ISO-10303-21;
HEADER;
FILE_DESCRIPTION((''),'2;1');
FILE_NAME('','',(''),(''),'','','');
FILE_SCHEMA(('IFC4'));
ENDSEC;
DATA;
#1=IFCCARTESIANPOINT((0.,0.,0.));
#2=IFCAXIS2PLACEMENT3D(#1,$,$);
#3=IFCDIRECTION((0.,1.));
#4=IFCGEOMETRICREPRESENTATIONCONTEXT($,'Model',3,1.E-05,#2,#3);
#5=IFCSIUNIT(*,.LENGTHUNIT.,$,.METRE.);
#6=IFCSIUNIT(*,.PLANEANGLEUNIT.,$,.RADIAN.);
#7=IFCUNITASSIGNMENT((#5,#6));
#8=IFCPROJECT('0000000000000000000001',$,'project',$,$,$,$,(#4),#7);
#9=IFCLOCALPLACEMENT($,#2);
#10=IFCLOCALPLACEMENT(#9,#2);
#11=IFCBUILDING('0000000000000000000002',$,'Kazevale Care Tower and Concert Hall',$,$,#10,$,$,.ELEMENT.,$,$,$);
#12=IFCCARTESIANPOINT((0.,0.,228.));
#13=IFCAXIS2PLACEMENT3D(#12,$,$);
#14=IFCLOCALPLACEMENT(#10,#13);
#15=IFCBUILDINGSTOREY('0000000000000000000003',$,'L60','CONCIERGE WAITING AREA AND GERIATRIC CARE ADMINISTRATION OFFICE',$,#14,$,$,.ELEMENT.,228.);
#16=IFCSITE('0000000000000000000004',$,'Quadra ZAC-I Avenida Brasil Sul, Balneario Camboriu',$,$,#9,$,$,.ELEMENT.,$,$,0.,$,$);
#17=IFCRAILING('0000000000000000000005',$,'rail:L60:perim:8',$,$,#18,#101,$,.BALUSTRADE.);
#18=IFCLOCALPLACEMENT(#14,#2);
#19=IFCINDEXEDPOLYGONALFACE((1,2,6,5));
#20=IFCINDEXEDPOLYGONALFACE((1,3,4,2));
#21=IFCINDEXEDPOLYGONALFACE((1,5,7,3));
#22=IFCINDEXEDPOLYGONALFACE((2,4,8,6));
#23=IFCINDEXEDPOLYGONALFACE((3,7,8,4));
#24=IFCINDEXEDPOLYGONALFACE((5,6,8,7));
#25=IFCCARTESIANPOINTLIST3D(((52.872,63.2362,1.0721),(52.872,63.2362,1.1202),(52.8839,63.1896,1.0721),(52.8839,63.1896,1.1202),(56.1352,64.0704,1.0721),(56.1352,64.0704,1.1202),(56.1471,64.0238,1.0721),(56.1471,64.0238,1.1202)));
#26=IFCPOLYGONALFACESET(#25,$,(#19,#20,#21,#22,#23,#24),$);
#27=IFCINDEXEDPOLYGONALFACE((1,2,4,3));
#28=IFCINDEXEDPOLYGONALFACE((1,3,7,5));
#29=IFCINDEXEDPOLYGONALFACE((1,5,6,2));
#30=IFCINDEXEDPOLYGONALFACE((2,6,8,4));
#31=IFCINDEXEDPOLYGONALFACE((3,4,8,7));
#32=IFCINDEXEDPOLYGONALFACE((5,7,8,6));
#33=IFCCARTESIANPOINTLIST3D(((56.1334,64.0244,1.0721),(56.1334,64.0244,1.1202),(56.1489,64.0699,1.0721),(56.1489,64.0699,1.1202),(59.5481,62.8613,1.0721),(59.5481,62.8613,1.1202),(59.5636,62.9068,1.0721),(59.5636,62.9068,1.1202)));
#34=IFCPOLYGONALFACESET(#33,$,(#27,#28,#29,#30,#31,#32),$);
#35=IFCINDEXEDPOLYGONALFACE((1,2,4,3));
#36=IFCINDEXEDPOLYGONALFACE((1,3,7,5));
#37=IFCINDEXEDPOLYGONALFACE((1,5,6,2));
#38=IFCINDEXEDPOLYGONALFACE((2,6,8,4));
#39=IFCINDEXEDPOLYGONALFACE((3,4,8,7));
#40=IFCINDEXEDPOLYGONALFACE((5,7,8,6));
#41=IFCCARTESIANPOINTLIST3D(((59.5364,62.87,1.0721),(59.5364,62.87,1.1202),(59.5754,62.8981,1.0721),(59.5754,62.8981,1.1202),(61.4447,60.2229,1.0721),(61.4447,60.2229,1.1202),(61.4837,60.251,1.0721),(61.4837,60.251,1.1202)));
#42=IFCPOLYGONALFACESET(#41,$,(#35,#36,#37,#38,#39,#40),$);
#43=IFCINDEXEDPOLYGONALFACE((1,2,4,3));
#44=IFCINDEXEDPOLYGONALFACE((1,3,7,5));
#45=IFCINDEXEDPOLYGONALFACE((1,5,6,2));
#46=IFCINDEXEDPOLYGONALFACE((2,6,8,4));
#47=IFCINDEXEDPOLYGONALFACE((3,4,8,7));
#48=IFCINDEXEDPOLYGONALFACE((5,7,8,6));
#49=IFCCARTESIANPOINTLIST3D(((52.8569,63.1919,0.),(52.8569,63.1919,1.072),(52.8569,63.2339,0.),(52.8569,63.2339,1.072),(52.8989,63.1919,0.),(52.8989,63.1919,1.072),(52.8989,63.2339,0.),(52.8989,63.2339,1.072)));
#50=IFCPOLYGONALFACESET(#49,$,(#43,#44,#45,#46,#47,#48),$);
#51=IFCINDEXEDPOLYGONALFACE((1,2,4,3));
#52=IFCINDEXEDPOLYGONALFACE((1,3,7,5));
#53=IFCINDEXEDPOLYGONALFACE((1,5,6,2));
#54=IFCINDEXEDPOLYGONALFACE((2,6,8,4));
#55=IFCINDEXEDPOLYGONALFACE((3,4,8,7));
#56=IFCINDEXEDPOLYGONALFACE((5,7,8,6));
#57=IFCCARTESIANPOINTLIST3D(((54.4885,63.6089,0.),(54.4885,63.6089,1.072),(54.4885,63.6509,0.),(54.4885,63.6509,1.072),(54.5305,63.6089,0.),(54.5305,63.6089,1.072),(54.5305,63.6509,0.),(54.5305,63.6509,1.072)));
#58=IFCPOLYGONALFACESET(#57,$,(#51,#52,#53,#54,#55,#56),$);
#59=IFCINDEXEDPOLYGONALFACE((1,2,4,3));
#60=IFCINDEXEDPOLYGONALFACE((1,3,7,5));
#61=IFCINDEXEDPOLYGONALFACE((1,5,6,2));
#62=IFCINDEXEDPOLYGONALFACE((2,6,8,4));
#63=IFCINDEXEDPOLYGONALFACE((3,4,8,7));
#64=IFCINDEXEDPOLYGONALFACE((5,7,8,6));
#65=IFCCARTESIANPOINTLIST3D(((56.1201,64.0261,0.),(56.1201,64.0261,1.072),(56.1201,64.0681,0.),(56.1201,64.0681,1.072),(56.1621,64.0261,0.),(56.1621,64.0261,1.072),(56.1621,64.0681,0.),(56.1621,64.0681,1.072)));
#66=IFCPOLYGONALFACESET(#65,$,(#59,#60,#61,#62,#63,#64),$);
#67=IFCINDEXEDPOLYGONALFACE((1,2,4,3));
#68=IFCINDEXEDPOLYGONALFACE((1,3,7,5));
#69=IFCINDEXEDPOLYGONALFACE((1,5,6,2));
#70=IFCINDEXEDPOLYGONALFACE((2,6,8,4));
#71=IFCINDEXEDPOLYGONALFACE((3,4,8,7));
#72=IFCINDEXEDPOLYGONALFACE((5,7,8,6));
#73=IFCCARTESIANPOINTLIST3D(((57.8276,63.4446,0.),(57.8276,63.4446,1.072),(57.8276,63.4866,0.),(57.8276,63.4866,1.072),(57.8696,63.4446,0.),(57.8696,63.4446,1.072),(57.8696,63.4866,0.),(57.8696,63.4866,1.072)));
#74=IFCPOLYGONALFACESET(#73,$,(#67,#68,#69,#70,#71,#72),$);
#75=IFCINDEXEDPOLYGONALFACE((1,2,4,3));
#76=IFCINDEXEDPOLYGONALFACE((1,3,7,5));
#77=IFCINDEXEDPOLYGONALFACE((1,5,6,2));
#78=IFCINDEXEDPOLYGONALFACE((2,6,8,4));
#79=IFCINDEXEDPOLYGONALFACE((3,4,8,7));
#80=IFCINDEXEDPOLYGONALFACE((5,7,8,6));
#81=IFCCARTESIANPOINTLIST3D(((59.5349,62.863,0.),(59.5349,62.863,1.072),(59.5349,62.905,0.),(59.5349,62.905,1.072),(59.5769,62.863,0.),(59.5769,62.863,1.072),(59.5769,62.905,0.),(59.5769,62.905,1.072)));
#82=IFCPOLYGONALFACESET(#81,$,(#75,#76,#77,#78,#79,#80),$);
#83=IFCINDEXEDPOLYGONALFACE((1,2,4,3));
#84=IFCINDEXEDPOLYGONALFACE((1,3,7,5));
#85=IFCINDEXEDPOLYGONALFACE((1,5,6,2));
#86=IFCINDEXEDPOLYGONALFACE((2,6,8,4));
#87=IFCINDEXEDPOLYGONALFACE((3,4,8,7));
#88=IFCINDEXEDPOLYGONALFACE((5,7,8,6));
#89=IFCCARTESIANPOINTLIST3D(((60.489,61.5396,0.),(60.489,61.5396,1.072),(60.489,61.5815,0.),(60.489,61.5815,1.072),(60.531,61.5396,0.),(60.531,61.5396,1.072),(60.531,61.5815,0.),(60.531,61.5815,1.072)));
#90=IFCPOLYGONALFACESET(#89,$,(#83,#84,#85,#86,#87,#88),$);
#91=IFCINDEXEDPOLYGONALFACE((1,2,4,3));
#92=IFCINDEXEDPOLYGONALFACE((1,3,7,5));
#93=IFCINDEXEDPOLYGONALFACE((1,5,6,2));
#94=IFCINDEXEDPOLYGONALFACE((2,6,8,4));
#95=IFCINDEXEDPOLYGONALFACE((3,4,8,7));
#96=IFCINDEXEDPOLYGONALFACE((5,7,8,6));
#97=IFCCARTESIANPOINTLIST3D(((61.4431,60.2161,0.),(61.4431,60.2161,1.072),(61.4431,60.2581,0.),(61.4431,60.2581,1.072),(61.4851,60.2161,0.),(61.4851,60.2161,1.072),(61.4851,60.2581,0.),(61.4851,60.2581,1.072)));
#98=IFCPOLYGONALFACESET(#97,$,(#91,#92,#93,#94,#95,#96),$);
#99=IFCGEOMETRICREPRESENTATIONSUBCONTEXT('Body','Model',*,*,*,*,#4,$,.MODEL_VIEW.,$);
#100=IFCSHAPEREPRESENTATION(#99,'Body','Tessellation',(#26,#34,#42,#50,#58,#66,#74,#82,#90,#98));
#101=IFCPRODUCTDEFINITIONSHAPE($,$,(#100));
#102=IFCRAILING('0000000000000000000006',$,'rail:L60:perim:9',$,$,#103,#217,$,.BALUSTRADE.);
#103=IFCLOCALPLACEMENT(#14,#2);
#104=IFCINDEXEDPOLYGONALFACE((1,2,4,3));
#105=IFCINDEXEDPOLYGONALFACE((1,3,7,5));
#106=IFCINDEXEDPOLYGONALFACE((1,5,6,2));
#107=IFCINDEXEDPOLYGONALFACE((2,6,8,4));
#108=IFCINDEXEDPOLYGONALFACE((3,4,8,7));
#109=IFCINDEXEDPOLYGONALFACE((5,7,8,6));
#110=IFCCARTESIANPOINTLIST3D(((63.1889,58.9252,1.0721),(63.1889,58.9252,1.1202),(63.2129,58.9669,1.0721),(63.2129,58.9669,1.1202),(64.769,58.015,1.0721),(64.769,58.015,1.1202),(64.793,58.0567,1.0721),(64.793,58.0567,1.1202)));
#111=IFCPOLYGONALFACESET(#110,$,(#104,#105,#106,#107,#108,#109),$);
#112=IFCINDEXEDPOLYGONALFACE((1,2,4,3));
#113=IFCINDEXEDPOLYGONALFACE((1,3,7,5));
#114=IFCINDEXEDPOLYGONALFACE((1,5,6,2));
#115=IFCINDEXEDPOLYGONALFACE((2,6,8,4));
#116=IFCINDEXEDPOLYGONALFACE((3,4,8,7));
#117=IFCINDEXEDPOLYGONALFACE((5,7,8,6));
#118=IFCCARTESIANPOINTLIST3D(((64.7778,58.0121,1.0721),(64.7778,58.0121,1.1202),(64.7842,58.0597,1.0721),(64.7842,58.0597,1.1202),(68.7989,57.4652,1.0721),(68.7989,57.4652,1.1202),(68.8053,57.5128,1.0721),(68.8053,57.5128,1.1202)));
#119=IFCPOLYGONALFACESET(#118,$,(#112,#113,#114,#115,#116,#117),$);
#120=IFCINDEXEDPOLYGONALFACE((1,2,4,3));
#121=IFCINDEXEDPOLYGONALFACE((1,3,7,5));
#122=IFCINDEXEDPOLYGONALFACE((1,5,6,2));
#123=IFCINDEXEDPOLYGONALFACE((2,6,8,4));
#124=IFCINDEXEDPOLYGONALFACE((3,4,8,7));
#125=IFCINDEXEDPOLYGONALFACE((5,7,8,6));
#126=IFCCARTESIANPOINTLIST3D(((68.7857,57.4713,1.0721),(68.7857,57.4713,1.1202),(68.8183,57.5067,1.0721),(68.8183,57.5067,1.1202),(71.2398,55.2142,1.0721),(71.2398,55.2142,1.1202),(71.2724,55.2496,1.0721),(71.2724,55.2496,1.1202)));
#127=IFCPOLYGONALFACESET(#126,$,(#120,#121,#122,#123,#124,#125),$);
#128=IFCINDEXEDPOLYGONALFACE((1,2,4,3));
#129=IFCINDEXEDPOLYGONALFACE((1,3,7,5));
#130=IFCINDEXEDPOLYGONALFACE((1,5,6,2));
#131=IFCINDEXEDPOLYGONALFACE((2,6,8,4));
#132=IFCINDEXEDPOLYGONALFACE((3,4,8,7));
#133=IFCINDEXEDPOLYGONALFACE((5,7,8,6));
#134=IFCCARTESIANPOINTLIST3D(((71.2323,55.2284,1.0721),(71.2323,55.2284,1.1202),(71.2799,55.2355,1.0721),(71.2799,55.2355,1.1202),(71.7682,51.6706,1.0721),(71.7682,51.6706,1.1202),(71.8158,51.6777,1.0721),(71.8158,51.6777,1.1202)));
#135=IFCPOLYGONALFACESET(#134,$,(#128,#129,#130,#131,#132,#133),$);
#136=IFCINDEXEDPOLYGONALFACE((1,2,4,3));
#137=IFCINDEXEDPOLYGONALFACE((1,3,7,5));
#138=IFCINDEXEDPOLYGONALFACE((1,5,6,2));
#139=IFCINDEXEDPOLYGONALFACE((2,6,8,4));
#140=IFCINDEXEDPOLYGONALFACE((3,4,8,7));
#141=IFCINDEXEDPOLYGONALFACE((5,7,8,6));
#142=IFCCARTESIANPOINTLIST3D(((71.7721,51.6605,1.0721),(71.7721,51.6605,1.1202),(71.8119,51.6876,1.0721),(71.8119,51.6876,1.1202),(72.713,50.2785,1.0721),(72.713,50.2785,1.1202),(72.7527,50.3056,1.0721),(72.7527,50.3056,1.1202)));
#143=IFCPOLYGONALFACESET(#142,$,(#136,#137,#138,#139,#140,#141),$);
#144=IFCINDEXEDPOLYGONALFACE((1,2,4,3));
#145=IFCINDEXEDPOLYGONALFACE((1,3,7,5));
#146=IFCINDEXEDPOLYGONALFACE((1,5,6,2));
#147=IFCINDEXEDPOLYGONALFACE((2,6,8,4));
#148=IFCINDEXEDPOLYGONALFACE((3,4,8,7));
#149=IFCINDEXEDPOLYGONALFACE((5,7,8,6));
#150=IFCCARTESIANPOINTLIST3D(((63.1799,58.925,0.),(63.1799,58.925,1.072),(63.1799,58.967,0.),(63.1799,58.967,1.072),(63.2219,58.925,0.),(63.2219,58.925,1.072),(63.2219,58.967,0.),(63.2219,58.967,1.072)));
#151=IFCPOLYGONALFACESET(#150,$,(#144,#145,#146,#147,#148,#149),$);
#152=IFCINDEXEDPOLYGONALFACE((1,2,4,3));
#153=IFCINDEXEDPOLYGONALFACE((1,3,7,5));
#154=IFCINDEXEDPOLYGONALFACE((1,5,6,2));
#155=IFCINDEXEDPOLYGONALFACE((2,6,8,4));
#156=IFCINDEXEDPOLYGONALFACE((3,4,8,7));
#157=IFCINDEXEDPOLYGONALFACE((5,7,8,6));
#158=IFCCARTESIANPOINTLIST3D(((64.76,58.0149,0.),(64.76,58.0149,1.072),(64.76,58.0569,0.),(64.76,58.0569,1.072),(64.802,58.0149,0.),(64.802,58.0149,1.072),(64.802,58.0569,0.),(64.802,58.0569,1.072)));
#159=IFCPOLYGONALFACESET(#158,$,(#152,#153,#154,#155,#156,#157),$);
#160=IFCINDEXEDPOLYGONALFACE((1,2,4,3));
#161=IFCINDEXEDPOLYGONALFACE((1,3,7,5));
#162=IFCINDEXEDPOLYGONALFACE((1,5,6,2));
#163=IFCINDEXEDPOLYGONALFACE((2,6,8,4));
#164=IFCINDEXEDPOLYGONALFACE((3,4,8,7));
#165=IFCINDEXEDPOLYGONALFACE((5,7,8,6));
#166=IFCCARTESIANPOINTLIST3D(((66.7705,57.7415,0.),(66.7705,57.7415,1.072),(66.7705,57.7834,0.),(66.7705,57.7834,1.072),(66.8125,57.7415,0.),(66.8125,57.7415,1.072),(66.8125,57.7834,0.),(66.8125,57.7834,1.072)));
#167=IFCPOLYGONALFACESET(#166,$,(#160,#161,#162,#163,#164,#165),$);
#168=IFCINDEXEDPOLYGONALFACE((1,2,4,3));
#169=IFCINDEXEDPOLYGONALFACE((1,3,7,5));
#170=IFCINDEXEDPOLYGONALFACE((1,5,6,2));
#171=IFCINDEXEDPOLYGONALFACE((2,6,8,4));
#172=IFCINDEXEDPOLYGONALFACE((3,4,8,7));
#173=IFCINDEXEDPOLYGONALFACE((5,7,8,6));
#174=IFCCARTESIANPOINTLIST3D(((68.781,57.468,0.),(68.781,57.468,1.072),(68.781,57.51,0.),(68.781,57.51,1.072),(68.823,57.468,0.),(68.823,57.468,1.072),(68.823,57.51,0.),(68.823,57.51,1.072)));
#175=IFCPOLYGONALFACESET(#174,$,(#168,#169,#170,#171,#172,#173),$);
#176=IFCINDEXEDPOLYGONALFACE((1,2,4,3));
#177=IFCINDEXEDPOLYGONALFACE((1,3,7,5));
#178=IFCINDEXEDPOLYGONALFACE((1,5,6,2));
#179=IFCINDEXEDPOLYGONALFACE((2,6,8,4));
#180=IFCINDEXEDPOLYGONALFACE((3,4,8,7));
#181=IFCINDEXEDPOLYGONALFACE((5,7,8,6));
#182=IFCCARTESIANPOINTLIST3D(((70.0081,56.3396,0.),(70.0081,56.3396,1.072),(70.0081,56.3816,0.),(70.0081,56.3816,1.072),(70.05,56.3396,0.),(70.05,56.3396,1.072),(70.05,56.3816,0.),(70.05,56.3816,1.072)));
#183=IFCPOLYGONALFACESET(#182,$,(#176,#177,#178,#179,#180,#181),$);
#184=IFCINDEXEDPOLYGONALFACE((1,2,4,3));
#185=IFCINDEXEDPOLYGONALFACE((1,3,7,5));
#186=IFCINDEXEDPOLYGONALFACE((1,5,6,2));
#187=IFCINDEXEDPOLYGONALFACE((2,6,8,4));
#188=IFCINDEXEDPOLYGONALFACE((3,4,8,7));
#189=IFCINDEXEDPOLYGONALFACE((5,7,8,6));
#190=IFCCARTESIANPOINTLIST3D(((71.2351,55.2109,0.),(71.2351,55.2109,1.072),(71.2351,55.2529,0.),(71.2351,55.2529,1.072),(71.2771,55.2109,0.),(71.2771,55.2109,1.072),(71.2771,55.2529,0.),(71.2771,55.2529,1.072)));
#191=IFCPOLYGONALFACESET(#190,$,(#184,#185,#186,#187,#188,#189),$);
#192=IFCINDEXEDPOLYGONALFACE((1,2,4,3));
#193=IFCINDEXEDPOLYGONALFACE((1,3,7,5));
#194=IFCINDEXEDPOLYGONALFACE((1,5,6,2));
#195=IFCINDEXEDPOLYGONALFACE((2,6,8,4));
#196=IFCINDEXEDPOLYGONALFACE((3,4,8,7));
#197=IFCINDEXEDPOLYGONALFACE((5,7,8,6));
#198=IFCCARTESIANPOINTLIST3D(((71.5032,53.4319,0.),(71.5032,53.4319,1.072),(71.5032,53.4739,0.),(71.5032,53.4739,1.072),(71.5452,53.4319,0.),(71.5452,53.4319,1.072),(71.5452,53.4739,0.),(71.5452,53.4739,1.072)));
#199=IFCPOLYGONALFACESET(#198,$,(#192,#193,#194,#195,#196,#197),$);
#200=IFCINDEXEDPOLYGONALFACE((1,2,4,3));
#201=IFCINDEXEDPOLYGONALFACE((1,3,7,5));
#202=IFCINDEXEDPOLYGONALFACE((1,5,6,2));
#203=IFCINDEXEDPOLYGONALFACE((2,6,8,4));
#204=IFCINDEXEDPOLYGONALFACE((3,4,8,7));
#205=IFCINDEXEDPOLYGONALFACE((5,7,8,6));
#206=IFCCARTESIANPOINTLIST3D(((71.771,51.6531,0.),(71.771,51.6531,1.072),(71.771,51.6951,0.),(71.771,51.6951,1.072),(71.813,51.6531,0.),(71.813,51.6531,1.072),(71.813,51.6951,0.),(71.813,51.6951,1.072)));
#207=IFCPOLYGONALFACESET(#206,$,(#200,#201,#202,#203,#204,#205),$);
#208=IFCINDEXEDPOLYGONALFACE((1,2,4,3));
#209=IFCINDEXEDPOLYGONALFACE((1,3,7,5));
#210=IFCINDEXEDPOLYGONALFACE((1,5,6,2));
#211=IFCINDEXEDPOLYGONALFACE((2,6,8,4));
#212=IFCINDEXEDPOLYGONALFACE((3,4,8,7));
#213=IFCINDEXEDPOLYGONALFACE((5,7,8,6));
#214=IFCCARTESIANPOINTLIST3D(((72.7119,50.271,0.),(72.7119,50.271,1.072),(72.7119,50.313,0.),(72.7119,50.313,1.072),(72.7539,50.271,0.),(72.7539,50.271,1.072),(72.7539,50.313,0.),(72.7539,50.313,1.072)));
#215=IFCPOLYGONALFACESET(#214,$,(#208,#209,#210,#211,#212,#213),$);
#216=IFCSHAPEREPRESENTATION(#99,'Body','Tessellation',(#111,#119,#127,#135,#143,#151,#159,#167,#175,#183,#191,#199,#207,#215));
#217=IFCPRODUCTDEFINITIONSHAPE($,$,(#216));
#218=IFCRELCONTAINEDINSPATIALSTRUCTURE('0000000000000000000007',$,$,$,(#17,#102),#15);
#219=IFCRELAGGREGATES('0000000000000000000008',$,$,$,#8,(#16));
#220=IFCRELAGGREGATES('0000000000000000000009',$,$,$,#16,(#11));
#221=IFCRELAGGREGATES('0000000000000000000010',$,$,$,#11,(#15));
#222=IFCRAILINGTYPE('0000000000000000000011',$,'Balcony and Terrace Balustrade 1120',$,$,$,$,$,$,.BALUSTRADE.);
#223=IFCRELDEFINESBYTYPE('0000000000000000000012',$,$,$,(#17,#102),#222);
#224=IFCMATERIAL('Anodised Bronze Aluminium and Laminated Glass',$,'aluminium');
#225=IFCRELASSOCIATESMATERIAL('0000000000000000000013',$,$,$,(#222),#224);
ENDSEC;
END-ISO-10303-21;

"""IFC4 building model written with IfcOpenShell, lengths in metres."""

from ifc_helpers import new_model, si_unit, direction, frame, origin, origin_2d, place, context, subcontext, project, spatial, rectangle, extrude, material, type_object, element, save


model = new_model("IFC4")

# Units and contexts
model_context = context("Model", 3, precision=1e-05, world=origin(), true_north=direction((0.0, 1.0)))
body_context = subcontext(model_context, "Body", "Model", "MODEL_VIEW")
ifc_project = project(units=[si_unit("LENGTHUNIT", "METRE"), si_unit("PLANEANGLEUNIT", "RADIAN")], contexts=[model_context])

# Site, building, storey
site_placement = place(None, origin())
site = spatial("IfcSite", under=ifc_project, at=site_placement, Name="Quadra ZAC-I Avenida Brasil Sul, Balneario Camboriu", CompositionType="ELEMENT", RefElevation=0.0)
building_placement = place(site_placement, origin())
building = spatial("IfcBuilding", under=site, at=building_placement, Name="Kazevale Care Tower and Concert Hall", CompositionType="ELEMENT")
storey_placement = place(building_placement, frame((0.0, 0.0, 228.0)))
storey = spatial("IfcBuildingStorey", under=building, at=storey_placement, Name="L60", Description="CONCIERGE WAITING AREA AND GERIATRIC CARE ADMINISTRATION OFFICE", CompositionType="ELEMENT", Elevation=228.0)

# Railings
ifc_material_1 = material(Name="Anodised Bronze Aluminium and Laminated Glass", Category="aluminium")
railing_type = type_object("IfcRailingType", Name="Balcony and Terrace Balustrade 1120", PredefinedType="BALUSTRADE", material=ifc_material_1)
railing_1_placement = place(storey_placement, frame((52.8779, 63.2129, 0.0)))
element("IfcRailing", 1, at=railing_1_placement, inside=storey, type_object=railing_type, Name="rail:L60:perim:8", PredefinedType="BALUSTRADE", context=body_context, shape_type="SweptSolid", body=[
    extrude(rectangle(XDim=0.0481, YDim=0.0481, at=origin_2d()), frame((0.0, 0.0, 1.0962), z_axis=(0.968841, 0.247683, 0.0), x_axis=(-0.247683, 0.968841, 0.0)), (0.0, 0.0, 1.0), 3.3682),
    extrude(rectangle(XDim=0.0481, YDim=0.0481, at=origin_2d()), frame((3.2632, 0.8342, 1.0962), z_axis=(0.946599, -0.322413, 0.0), x_axis=(0.322413, 0.946599, 0.0)), (0.0, 0.0, 1.0), 3.6074),
    extrude(rectangle(XDim=0.0481, YDim=0.0481, at=origin_2d()), frame((6.678, -0.3289, 1.0962), z_axis=(0.584786, -0.811188, 0.0), x_axis=(0.811188, 0.584786, 0.0)), (0.0, 0.0, 1.0), 3.2632),
    extrude(rectangle(XDim=0.042, YDim=0.042, at=origin_2d()), origin(), (0.0, 0.0, 1.0), 1.072),
    extrude(rectangle(XDim=0.042, YDim=0.042, at=origin_2d()), frame((1.6316, 0.417, 0.0)), (0.0, 0.0, 1.0), 1.072),
    extrude(rectangle(XDim=0.042, YDim=0.042, at=origin_2d()), frame((3.2632, 0.8342, 0.0)), (0.0, 0.0, 1.0), 1.072),
    extrude(rectangle(XDim=0.042, YDim=0.042, at=origin_2d()), frame((4.9707, 0.2527, 0.0)), (0.0, 0.0, 1.0), 1.072),
    extrude(rectangle(XDim=0.042, YDim=0.042, at=origin_2d()), frame((6.678, -0.3289, 0.0)), (0.0, 0.0, 1.0), 1.072),
    extrude(rectangle(XDim=0.042, YDim=0.042, at=origin_2d()), frame((7.6321, -1.6523, 0.0)), (0.0, 0.0, 1.0), 1.072),
    extrude(rectangle(XDim=0.042, YDim=0.042, at=origin_2d()), frame((8.5862, -2.9758, 0.0)), (0.0, 0.0, 1.0), 1.072),
])
railing_2_placement = place(storey_placement, frame((63.2009, 58.946, 0.0)))
element("IfcRailing", 2, at=railing_2_placement, inside=storey, type_object=railing_type, Name="rail:L60:perim:9", PredefinedType="BALUSTRADE", context=body_context, shape_type="SweptSolid", body=[
    extrude(rectangle(XDim=0.0481, YDim=0.0481, at=origin_2d()), frame((0.0, 0.0, 1.0962), z_axis=(0.866524, -0.499135, 0.0), x_axis=(0.499135, 0.866524, 0.0)), (0.0, 0.0, 1.0), 1.8235),
    extrude(rectangle(XDim=0.0481, YDim=0.0481, at=origin_2d()), frame((1.5801, -0.9102, 1.0962), z_axis=(0.990878, -0.134764, 0.0), x_axis=(0.134764, 0.990878, 0.0)), (0.0, 0.0, 1.0), 4.0581),
    extrude(rectangle(XDim=0.0481, YDim=0.0481, at=origin_2d()), frame((5.6011, -1.457, 1.0962), z_axis=(0.736035, -0.676944, 0.0), x_axis=(0.676944, 0.736035, 0.0)), (0.0, 0.0, 1.0), 3.3342),
    extrude(rectangle(XDim=0.0481, YDim=0.0481, at=origin_2d()), frame((8.0552, -3.7141, 1.0962), z_axis=(0.148941, -0.988846, 0.0), x_axis=(0.988846, 0.148941, 0.0)), (0.0, 0.0, 1.0), 3.5979),
    extrude(rectangle(XDim=0.0481, YDim=0.0481, at=origin_2d()), frame((8.5911, -7.272, 1.0962), z_axis=(0.562761, -0.826619, 0.0), x_axis=(0.826619, 0.562761, 0.0)), (0.0, 0.0, 1.0), 1.6719),
    extrude(rectangle(XDim=0.042, YDim=0.042, at=origin_2d()), origin(), (0.0, 0.0, 1.0), 1.072),
    extrude(rectangle(XDim=0.042, YDim=0.042, at=origin_2d()), frame((1.5801, -0.9102, 0.0)), (0.0, 0.0, 1.0), 1.072),
    extrude(rectangle(XDim=0.042, YDim=0.042, at=origin_2d()), frame((3.5906, -1.1836, 0.0)), (0.0, 0.0, 1.0), 1.072),
    extrude(rectangle(XDim=0.042, YDim=0.042, at=origin_2d()), frame((5.6011, -1.457, 0.0)), (0.0, 0.0, 1.0), 1.072),
    extrude(rectangle(XDim=0.042, YDim=0.042, at=origin_2d()), frame((6.8281, -2.5854, 0.0)), (0.0, 0.0, 1.0), 1.072),
    extrude(rectangle(XDim=0.042, YDim=0.042, at=origin_2d()), frame((8.0552, -3.7141, 0.0)), (0.0, 0.0, 1.0), 1.072),
    extrude(rectangle(XDim=0.042, YDim=0.042, at=origin_2d()), frame((8.3232, -5.4932, 0.0)), (0.0, 0.0, 1.0), 1.072),
    extrude(rectangle(XDim=0.042, YDim=0.042, at=origin_2d()), frame((8.5911, -7.272, 0.0)), (0.0, 0.0, 1.0), 1.072),
    extrude(rectangle(XDim=0.042, YDim=0.042, at=origin_2d()), frame((9.532, -8.6541, 0.0)), (0.0, 0.0, 1.0), 1.072),
])

save(model, "model.ifc")
